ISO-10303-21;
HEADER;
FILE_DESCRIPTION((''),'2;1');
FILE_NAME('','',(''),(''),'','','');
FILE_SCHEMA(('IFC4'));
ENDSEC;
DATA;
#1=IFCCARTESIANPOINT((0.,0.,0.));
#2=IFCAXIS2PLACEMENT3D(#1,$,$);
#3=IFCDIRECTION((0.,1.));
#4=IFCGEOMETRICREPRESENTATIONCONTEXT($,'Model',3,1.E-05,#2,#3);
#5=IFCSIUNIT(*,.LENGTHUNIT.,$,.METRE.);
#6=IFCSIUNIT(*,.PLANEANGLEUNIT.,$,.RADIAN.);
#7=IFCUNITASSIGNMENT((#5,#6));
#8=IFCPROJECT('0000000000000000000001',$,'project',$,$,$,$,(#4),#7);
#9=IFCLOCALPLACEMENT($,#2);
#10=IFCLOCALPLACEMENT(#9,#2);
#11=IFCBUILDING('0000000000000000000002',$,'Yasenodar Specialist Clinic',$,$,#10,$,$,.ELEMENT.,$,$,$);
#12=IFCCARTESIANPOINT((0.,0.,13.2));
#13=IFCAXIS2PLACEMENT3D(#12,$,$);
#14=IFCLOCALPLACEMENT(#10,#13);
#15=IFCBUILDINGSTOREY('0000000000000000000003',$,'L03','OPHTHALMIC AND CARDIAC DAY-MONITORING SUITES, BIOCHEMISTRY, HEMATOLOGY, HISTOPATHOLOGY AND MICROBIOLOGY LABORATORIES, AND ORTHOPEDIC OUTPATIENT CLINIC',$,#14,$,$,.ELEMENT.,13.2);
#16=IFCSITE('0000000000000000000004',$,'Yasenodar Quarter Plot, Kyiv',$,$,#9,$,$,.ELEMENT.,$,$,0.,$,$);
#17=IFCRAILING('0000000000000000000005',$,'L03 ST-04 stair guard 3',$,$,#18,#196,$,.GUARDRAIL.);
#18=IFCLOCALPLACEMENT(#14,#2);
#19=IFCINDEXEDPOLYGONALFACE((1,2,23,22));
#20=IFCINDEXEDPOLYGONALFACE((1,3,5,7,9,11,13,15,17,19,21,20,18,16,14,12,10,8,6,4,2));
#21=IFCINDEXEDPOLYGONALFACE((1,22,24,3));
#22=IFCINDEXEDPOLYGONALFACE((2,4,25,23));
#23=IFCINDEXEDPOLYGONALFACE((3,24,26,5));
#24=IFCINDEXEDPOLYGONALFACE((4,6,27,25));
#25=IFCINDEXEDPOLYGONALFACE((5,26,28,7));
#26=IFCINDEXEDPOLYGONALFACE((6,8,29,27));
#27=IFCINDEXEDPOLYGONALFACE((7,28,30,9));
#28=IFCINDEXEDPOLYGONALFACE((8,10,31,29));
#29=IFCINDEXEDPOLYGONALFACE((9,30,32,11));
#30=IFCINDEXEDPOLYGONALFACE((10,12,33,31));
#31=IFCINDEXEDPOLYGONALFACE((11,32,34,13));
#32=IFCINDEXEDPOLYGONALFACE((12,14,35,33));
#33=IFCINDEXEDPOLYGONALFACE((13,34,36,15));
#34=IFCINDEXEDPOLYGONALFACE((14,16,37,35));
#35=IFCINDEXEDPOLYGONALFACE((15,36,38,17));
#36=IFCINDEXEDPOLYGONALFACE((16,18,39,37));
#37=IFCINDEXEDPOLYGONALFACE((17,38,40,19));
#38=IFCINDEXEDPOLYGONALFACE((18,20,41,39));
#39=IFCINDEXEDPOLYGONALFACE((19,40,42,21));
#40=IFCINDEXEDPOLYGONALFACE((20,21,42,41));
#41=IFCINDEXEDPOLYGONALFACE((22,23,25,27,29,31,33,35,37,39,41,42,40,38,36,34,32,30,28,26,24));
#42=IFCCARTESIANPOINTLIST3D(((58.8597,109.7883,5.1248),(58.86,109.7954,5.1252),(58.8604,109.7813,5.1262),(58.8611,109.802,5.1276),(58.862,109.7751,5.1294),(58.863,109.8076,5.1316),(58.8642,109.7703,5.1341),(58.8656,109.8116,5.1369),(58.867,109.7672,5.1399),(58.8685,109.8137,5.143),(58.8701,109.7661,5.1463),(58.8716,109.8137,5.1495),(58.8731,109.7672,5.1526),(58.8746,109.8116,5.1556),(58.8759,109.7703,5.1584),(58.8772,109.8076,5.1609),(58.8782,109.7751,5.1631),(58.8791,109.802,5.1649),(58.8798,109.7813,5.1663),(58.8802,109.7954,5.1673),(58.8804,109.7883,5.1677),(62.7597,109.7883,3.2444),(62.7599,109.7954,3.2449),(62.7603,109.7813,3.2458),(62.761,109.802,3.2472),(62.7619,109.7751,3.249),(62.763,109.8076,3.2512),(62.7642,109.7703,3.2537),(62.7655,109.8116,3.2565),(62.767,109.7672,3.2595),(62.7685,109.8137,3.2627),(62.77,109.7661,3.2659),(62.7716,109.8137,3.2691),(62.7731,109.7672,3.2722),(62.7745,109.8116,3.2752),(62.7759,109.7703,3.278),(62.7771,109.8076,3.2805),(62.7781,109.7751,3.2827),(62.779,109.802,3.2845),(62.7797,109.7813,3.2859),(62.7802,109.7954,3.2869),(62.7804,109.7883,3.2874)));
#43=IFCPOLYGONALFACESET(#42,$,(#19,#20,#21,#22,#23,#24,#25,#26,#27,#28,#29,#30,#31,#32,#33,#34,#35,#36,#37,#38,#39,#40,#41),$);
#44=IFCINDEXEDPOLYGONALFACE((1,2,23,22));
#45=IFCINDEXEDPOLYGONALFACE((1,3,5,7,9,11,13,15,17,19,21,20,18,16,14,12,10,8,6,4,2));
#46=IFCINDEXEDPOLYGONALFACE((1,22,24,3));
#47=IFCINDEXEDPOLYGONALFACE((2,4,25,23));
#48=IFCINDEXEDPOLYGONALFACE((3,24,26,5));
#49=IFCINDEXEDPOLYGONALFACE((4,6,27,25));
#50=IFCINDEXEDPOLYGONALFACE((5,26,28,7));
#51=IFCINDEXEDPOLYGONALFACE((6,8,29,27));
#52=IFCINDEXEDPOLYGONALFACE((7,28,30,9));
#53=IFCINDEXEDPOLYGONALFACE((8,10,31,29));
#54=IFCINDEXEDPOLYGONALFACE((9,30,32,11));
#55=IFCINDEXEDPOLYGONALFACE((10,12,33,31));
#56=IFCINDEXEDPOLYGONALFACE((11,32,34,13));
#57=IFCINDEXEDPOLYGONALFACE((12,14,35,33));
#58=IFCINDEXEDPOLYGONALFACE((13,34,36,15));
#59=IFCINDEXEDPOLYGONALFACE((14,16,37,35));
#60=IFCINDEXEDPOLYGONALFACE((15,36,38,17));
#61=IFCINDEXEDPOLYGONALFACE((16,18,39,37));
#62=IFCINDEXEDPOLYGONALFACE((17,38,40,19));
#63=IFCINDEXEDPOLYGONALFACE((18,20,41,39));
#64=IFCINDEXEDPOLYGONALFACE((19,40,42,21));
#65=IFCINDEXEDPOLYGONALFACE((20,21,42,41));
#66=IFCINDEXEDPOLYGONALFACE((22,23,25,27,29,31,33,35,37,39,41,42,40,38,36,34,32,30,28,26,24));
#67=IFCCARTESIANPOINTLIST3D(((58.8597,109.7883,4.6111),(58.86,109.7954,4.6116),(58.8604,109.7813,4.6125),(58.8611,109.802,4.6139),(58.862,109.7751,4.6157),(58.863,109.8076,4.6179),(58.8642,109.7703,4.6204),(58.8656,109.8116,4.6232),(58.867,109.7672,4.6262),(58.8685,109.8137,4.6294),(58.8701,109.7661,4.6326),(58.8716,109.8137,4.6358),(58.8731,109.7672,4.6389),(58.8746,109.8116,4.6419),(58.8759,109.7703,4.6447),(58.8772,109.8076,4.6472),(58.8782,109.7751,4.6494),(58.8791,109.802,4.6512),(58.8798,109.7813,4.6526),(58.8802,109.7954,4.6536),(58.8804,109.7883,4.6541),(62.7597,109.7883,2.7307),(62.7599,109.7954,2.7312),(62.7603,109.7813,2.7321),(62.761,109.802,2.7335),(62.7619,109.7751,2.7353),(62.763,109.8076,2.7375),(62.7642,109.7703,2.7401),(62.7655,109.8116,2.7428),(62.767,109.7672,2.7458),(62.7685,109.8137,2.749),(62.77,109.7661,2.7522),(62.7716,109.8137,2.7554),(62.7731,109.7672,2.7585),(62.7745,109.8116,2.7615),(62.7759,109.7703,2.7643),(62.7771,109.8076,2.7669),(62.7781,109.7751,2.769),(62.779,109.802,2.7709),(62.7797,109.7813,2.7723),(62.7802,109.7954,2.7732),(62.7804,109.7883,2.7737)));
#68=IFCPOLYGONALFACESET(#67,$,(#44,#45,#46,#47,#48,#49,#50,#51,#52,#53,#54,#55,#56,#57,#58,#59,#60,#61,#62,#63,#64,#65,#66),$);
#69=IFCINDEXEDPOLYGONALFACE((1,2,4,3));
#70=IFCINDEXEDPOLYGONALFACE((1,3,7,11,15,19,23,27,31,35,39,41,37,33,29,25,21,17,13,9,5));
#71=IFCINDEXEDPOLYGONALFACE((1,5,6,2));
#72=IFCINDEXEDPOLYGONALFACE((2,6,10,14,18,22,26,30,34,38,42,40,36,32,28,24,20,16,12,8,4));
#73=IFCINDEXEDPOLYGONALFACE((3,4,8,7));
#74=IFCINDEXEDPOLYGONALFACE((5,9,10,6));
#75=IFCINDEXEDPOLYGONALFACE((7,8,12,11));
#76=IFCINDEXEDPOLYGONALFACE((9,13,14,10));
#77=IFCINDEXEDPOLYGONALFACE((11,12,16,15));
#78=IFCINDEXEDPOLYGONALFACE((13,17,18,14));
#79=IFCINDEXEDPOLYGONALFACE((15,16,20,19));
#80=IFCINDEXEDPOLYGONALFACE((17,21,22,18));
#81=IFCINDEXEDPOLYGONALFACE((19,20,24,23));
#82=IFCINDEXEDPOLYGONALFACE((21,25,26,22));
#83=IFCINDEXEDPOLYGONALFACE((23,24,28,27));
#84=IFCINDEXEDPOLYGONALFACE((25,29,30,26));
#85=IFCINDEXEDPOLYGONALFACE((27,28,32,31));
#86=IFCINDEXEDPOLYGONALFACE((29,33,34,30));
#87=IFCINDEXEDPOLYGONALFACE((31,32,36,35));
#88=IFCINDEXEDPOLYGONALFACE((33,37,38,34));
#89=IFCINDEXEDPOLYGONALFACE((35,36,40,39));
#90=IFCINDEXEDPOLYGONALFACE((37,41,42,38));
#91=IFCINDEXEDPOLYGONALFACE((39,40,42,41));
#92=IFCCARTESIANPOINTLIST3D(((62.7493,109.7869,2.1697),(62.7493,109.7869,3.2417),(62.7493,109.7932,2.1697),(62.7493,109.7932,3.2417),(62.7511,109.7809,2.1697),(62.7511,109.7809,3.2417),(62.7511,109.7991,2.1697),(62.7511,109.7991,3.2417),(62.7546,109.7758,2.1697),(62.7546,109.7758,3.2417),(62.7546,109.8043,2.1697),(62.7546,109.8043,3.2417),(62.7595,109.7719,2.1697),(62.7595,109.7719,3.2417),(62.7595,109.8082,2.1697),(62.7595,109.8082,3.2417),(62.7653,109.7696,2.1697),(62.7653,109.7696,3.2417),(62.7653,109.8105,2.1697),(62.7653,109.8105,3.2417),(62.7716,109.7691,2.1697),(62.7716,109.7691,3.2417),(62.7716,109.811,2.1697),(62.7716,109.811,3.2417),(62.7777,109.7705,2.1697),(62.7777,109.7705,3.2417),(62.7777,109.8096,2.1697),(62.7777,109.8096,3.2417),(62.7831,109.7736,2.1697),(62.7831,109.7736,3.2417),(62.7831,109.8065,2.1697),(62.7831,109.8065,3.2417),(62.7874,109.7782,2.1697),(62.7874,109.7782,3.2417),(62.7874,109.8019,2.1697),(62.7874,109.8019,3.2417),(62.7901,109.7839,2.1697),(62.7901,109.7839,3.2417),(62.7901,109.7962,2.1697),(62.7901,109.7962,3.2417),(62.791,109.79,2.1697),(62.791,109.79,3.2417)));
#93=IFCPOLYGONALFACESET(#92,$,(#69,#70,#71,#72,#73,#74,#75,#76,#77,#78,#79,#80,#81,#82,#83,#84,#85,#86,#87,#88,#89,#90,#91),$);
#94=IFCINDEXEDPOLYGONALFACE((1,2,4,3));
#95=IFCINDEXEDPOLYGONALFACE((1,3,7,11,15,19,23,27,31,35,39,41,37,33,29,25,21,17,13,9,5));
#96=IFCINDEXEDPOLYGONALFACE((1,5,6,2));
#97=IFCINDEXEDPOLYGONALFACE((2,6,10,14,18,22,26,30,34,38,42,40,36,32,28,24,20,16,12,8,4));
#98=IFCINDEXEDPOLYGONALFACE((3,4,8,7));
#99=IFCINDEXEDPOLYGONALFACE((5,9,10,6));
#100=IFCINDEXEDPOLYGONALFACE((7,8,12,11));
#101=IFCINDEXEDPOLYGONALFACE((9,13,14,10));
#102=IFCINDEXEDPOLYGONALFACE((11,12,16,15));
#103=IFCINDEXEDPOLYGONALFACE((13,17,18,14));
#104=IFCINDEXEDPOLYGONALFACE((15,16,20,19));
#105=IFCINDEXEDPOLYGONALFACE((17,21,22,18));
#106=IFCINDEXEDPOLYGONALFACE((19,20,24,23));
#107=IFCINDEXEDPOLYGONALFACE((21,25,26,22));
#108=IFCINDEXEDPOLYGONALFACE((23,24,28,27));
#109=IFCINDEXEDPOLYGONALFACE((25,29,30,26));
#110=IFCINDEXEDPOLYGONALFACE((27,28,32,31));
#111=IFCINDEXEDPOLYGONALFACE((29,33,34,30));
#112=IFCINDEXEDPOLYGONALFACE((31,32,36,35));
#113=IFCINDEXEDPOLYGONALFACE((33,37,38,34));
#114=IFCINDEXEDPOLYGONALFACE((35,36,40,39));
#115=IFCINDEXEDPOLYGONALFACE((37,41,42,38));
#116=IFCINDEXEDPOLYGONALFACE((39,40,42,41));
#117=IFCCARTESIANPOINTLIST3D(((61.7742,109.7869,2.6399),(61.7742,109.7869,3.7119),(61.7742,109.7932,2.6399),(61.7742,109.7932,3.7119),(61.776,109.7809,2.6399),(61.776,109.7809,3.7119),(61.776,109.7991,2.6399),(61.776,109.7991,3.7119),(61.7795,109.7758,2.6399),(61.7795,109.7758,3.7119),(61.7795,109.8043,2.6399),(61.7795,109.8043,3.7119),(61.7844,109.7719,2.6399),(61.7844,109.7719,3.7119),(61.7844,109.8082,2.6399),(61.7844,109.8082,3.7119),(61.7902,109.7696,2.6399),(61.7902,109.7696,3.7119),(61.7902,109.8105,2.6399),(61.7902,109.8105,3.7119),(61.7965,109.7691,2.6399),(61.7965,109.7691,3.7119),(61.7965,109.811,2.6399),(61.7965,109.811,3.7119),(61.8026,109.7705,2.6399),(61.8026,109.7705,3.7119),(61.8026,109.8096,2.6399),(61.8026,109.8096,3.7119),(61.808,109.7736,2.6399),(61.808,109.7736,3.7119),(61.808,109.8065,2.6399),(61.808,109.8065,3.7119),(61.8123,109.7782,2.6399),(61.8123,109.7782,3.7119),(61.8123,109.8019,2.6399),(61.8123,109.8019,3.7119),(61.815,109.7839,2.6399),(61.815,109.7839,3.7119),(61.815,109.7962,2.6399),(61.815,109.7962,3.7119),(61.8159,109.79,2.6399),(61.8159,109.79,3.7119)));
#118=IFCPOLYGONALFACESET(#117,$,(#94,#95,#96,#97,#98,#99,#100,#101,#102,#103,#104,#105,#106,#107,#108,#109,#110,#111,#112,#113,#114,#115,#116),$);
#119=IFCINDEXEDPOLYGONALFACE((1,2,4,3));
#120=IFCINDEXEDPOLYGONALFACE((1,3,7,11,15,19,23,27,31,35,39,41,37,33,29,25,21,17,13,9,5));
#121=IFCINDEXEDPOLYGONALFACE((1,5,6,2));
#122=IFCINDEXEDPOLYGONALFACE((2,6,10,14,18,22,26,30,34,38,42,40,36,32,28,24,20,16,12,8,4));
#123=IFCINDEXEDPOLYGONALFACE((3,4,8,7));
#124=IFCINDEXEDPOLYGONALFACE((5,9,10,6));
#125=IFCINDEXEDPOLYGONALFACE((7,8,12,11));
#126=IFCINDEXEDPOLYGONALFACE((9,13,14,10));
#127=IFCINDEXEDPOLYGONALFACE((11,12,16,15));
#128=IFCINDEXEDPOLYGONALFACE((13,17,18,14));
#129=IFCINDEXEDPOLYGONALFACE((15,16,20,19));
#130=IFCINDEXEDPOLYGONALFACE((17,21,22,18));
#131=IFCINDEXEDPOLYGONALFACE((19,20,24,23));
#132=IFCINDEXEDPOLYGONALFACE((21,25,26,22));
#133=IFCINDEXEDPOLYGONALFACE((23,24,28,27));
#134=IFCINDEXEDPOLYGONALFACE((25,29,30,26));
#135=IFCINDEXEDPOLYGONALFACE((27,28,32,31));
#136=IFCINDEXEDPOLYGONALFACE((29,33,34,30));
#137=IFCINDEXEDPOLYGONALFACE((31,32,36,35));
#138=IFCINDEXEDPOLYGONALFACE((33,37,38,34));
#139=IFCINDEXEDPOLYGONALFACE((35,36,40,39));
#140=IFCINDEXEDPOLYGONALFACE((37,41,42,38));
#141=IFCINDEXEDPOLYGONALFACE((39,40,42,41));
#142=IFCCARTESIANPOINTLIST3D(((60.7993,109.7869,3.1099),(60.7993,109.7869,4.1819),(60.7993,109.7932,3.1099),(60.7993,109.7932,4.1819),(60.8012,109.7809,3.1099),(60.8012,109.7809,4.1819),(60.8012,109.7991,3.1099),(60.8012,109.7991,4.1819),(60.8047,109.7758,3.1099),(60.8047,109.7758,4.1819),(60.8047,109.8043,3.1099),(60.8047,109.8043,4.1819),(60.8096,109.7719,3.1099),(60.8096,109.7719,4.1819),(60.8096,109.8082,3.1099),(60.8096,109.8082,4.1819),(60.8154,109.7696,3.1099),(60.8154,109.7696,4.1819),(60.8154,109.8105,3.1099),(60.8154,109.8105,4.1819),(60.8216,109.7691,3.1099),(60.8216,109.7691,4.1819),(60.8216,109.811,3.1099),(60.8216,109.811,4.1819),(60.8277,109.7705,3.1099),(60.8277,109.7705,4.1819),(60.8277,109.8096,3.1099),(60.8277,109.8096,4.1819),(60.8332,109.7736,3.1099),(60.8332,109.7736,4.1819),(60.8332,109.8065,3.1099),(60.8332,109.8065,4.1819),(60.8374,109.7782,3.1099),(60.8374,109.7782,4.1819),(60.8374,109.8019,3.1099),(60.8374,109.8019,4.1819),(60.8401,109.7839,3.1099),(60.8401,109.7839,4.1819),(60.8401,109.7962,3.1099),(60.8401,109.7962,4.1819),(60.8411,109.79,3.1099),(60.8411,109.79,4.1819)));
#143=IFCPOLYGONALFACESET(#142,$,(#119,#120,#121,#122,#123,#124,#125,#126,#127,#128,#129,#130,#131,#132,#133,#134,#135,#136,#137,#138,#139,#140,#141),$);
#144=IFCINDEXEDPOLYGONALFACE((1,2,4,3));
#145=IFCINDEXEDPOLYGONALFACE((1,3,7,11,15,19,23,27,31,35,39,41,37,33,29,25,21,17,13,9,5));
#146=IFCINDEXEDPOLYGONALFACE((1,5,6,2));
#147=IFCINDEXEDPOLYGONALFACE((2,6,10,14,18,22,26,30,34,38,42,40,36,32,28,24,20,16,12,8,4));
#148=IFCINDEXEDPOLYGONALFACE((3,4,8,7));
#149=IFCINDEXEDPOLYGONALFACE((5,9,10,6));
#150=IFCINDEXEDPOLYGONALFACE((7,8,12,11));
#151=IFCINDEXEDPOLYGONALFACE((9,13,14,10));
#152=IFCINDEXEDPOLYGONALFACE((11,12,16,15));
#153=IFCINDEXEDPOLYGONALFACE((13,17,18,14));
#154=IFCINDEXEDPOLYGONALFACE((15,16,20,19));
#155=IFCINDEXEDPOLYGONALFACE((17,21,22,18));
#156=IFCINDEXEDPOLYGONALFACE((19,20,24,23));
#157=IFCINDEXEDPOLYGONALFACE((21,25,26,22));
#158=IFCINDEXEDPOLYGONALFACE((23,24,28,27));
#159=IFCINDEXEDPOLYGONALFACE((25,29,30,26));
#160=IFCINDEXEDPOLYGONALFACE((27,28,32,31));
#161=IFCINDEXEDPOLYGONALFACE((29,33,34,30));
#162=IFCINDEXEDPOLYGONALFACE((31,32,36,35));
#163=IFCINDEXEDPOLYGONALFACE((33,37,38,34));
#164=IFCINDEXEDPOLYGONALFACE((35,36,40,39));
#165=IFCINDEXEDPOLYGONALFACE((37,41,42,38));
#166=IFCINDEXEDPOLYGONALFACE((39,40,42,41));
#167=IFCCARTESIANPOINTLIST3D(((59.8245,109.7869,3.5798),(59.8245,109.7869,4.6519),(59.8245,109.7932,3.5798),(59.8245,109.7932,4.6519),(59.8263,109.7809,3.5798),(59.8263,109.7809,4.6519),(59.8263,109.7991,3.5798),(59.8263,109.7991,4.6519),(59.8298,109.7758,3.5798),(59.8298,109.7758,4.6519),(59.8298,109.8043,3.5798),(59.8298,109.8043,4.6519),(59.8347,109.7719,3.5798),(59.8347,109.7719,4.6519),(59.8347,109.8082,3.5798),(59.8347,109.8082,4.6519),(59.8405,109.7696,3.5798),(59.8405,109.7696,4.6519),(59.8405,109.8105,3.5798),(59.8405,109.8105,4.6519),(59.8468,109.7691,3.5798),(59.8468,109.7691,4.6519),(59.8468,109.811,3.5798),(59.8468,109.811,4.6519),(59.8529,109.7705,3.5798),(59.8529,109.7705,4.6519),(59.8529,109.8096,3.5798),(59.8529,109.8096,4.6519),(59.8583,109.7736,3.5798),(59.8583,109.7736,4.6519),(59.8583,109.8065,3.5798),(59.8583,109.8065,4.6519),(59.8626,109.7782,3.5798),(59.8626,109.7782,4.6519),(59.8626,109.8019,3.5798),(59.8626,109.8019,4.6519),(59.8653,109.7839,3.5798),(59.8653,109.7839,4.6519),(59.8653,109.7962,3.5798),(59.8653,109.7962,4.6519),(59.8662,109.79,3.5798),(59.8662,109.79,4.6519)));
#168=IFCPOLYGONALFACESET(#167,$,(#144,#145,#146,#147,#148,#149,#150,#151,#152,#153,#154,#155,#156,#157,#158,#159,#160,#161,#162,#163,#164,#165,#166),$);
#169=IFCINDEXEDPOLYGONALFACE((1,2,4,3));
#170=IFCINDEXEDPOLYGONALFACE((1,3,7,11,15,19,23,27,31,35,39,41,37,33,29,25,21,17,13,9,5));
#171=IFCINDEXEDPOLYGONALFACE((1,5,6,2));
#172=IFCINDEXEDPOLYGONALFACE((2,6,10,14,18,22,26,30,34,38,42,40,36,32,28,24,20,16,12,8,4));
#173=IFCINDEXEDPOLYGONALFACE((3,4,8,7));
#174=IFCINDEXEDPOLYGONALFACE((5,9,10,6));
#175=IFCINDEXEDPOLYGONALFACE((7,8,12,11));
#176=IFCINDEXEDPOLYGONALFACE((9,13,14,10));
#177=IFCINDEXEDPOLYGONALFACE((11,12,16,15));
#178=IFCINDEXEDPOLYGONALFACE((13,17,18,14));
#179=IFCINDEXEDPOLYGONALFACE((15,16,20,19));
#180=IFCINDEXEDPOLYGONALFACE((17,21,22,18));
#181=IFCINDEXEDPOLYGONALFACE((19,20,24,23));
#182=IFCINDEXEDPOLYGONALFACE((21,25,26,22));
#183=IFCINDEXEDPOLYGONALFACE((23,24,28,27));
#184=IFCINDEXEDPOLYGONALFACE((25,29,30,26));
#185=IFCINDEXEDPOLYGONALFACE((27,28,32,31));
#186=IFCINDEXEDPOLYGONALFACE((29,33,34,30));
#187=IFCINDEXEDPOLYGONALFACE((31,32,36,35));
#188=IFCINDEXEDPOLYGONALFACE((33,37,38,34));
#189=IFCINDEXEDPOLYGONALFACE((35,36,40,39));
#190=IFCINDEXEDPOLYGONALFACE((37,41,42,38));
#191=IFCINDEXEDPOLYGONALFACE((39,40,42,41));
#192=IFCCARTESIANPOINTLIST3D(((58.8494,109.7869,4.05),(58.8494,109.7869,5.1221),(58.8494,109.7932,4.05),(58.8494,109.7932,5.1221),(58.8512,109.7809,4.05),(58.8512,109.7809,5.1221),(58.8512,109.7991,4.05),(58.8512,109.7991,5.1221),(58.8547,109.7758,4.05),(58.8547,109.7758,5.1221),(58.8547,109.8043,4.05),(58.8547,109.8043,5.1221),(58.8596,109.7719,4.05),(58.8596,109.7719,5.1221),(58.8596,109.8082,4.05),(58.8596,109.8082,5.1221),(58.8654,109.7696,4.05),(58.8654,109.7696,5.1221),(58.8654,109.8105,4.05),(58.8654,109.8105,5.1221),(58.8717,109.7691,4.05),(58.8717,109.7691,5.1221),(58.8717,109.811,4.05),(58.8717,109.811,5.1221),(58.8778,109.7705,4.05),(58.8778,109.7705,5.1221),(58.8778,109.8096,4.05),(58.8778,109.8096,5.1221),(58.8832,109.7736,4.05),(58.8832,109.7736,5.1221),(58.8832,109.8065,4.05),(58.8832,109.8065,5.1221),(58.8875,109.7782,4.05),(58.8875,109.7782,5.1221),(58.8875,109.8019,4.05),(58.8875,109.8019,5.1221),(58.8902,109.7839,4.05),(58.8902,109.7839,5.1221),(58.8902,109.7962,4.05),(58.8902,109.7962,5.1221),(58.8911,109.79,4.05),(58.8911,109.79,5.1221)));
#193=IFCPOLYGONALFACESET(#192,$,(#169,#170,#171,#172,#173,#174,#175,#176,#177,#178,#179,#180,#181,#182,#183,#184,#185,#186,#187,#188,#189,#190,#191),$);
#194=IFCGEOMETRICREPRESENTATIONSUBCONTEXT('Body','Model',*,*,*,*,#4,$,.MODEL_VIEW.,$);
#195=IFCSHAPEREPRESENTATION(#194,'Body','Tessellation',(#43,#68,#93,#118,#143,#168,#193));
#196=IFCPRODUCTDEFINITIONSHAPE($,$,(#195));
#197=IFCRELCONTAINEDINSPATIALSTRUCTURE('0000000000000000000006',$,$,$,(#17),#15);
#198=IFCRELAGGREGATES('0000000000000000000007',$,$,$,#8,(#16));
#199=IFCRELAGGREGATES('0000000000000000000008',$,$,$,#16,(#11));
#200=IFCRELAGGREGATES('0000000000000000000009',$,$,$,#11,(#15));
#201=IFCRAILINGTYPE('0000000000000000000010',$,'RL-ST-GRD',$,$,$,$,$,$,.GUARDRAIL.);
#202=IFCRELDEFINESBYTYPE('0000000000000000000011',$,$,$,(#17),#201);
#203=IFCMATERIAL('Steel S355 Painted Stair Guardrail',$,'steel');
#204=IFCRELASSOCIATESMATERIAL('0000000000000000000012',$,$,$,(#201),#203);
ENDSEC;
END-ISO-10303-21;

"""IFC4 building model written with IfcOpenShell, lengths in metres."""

from ifc_helpers import new_model, si_unit, direction, frame, origin, origin_2d, place, context, subcontext, project, spatial, circle, extrude, material, type_object, element, save


model = new_model("IFC4")

# Units and contexts
model_context = context("Model", 3, precision=1e-05, world=origin(), true_north=direction((0.0, 1.0)))
body_context = subcontext(model_context, "Body", "Model", "MODEL_VIEW")
ifc_project = project(units=[si_unit("LENGTHUNIT", "METRE"), si_unit("PLANEANGLEUNIT", "RADIAN")], contexts=[model_context])

# Site, building, storey
site_placement = place(None, origin())
site = spatial("IfcSite", under=ifc_project, at=site_placement, Name="Yasenodar Quarter Plot, Kyiv", CompositionType="ELEMENT", RefElevation=0.0)
building_placement = place(site_placement, origin())
building = spatial("IfcBuilding", under=site, at=building_placement, Name="Yasenodar Specialist Clinic", CompositionType="ELEMENT")
storey_placement = place(building_placement, frame((0.0, 0.0, 13.2)))
storey = spatial("IfcBuildingStorey", under=building, at=storey_placement, Name="L03", Description="OPHTHALMIC AND CARDIAC DAY-MONITORING SUITES, BIOCHEMISTRY, HEMATOLOGY, HISTOPATHOLOGY AND MICROBIOLOGY LABORATORIES, AND ORTHOPEDIC OUTPATIENT CLINIC", CompositionType="ELEMENT", Elevation=13.2)

# Railing
ifc_material_1 = material(Name="Steel S355 Painted Stair Guardrail", Category="steel")
railing_type_1 = type_object("IfcRailingType", Name="RL-ST-GRD", PredefinedType="GUARDRAIL", material=ifc_material_1)
railing_1_placement = place(storey_placement, frame((62.77, 109.79, 2.1697)))
element("IfcRailing", 1, at=railing_1_placement, inside=storey, type_object=railing_type_1, Name="L03 ST-04 stair guard 3", PredefinedType="GUARDRAIL", context=body_context, shape_type="SweptSolid", body=[
    extrude(circle(Radius=0.0239, at=origin_2d()), frame((0.0, 0.0, 1.0962), z_axis=(-0.900763, 0.0, 0.434311), x_axis=(0.0, -1.0, 0.0)), (0.0, 0.0, 1.0), 4.3296),
    extrude(circle(Radius=0.0239, at=origin_2d()), frame((0.0, 0.0, 0.5825), z_axis=(-0.900763, 0.0, 0.434311), x_axis=(0.0, -1.0, 0.0)), (0.0, 0.0, 1.0), 4.3296),
    extrude(circle(Radius=0.021, at=origin_2d()), origin(), (0.0, 0.0, 1.0), 1.072),
    extrude(circle(Radius=0.021, at=origin_2d()), frame((-0.9751, 0.0, 0.4702)), (0.0, 0.0, 1.0), 1.072),
    extrude(circle(Radius=0.021, at=origin_2d()), frame((-1.95, 0.0, 0.9402)), (0.0, 0.0, 1.0), 1.072),
    extrude(circle(Radius=0.021, at=origin_2d()), frame((-2.9248, 0.0, 1.4102)), (0.0, 0.0, 1.0), 1.072),
    extrude(circle(Radius=0.021, at=origin_2d()), frame((-3.8999, 0.0, 1.8804)), (0.0, 0.0, 1.0), 1.072),
])

save(model, "model.ifc")
